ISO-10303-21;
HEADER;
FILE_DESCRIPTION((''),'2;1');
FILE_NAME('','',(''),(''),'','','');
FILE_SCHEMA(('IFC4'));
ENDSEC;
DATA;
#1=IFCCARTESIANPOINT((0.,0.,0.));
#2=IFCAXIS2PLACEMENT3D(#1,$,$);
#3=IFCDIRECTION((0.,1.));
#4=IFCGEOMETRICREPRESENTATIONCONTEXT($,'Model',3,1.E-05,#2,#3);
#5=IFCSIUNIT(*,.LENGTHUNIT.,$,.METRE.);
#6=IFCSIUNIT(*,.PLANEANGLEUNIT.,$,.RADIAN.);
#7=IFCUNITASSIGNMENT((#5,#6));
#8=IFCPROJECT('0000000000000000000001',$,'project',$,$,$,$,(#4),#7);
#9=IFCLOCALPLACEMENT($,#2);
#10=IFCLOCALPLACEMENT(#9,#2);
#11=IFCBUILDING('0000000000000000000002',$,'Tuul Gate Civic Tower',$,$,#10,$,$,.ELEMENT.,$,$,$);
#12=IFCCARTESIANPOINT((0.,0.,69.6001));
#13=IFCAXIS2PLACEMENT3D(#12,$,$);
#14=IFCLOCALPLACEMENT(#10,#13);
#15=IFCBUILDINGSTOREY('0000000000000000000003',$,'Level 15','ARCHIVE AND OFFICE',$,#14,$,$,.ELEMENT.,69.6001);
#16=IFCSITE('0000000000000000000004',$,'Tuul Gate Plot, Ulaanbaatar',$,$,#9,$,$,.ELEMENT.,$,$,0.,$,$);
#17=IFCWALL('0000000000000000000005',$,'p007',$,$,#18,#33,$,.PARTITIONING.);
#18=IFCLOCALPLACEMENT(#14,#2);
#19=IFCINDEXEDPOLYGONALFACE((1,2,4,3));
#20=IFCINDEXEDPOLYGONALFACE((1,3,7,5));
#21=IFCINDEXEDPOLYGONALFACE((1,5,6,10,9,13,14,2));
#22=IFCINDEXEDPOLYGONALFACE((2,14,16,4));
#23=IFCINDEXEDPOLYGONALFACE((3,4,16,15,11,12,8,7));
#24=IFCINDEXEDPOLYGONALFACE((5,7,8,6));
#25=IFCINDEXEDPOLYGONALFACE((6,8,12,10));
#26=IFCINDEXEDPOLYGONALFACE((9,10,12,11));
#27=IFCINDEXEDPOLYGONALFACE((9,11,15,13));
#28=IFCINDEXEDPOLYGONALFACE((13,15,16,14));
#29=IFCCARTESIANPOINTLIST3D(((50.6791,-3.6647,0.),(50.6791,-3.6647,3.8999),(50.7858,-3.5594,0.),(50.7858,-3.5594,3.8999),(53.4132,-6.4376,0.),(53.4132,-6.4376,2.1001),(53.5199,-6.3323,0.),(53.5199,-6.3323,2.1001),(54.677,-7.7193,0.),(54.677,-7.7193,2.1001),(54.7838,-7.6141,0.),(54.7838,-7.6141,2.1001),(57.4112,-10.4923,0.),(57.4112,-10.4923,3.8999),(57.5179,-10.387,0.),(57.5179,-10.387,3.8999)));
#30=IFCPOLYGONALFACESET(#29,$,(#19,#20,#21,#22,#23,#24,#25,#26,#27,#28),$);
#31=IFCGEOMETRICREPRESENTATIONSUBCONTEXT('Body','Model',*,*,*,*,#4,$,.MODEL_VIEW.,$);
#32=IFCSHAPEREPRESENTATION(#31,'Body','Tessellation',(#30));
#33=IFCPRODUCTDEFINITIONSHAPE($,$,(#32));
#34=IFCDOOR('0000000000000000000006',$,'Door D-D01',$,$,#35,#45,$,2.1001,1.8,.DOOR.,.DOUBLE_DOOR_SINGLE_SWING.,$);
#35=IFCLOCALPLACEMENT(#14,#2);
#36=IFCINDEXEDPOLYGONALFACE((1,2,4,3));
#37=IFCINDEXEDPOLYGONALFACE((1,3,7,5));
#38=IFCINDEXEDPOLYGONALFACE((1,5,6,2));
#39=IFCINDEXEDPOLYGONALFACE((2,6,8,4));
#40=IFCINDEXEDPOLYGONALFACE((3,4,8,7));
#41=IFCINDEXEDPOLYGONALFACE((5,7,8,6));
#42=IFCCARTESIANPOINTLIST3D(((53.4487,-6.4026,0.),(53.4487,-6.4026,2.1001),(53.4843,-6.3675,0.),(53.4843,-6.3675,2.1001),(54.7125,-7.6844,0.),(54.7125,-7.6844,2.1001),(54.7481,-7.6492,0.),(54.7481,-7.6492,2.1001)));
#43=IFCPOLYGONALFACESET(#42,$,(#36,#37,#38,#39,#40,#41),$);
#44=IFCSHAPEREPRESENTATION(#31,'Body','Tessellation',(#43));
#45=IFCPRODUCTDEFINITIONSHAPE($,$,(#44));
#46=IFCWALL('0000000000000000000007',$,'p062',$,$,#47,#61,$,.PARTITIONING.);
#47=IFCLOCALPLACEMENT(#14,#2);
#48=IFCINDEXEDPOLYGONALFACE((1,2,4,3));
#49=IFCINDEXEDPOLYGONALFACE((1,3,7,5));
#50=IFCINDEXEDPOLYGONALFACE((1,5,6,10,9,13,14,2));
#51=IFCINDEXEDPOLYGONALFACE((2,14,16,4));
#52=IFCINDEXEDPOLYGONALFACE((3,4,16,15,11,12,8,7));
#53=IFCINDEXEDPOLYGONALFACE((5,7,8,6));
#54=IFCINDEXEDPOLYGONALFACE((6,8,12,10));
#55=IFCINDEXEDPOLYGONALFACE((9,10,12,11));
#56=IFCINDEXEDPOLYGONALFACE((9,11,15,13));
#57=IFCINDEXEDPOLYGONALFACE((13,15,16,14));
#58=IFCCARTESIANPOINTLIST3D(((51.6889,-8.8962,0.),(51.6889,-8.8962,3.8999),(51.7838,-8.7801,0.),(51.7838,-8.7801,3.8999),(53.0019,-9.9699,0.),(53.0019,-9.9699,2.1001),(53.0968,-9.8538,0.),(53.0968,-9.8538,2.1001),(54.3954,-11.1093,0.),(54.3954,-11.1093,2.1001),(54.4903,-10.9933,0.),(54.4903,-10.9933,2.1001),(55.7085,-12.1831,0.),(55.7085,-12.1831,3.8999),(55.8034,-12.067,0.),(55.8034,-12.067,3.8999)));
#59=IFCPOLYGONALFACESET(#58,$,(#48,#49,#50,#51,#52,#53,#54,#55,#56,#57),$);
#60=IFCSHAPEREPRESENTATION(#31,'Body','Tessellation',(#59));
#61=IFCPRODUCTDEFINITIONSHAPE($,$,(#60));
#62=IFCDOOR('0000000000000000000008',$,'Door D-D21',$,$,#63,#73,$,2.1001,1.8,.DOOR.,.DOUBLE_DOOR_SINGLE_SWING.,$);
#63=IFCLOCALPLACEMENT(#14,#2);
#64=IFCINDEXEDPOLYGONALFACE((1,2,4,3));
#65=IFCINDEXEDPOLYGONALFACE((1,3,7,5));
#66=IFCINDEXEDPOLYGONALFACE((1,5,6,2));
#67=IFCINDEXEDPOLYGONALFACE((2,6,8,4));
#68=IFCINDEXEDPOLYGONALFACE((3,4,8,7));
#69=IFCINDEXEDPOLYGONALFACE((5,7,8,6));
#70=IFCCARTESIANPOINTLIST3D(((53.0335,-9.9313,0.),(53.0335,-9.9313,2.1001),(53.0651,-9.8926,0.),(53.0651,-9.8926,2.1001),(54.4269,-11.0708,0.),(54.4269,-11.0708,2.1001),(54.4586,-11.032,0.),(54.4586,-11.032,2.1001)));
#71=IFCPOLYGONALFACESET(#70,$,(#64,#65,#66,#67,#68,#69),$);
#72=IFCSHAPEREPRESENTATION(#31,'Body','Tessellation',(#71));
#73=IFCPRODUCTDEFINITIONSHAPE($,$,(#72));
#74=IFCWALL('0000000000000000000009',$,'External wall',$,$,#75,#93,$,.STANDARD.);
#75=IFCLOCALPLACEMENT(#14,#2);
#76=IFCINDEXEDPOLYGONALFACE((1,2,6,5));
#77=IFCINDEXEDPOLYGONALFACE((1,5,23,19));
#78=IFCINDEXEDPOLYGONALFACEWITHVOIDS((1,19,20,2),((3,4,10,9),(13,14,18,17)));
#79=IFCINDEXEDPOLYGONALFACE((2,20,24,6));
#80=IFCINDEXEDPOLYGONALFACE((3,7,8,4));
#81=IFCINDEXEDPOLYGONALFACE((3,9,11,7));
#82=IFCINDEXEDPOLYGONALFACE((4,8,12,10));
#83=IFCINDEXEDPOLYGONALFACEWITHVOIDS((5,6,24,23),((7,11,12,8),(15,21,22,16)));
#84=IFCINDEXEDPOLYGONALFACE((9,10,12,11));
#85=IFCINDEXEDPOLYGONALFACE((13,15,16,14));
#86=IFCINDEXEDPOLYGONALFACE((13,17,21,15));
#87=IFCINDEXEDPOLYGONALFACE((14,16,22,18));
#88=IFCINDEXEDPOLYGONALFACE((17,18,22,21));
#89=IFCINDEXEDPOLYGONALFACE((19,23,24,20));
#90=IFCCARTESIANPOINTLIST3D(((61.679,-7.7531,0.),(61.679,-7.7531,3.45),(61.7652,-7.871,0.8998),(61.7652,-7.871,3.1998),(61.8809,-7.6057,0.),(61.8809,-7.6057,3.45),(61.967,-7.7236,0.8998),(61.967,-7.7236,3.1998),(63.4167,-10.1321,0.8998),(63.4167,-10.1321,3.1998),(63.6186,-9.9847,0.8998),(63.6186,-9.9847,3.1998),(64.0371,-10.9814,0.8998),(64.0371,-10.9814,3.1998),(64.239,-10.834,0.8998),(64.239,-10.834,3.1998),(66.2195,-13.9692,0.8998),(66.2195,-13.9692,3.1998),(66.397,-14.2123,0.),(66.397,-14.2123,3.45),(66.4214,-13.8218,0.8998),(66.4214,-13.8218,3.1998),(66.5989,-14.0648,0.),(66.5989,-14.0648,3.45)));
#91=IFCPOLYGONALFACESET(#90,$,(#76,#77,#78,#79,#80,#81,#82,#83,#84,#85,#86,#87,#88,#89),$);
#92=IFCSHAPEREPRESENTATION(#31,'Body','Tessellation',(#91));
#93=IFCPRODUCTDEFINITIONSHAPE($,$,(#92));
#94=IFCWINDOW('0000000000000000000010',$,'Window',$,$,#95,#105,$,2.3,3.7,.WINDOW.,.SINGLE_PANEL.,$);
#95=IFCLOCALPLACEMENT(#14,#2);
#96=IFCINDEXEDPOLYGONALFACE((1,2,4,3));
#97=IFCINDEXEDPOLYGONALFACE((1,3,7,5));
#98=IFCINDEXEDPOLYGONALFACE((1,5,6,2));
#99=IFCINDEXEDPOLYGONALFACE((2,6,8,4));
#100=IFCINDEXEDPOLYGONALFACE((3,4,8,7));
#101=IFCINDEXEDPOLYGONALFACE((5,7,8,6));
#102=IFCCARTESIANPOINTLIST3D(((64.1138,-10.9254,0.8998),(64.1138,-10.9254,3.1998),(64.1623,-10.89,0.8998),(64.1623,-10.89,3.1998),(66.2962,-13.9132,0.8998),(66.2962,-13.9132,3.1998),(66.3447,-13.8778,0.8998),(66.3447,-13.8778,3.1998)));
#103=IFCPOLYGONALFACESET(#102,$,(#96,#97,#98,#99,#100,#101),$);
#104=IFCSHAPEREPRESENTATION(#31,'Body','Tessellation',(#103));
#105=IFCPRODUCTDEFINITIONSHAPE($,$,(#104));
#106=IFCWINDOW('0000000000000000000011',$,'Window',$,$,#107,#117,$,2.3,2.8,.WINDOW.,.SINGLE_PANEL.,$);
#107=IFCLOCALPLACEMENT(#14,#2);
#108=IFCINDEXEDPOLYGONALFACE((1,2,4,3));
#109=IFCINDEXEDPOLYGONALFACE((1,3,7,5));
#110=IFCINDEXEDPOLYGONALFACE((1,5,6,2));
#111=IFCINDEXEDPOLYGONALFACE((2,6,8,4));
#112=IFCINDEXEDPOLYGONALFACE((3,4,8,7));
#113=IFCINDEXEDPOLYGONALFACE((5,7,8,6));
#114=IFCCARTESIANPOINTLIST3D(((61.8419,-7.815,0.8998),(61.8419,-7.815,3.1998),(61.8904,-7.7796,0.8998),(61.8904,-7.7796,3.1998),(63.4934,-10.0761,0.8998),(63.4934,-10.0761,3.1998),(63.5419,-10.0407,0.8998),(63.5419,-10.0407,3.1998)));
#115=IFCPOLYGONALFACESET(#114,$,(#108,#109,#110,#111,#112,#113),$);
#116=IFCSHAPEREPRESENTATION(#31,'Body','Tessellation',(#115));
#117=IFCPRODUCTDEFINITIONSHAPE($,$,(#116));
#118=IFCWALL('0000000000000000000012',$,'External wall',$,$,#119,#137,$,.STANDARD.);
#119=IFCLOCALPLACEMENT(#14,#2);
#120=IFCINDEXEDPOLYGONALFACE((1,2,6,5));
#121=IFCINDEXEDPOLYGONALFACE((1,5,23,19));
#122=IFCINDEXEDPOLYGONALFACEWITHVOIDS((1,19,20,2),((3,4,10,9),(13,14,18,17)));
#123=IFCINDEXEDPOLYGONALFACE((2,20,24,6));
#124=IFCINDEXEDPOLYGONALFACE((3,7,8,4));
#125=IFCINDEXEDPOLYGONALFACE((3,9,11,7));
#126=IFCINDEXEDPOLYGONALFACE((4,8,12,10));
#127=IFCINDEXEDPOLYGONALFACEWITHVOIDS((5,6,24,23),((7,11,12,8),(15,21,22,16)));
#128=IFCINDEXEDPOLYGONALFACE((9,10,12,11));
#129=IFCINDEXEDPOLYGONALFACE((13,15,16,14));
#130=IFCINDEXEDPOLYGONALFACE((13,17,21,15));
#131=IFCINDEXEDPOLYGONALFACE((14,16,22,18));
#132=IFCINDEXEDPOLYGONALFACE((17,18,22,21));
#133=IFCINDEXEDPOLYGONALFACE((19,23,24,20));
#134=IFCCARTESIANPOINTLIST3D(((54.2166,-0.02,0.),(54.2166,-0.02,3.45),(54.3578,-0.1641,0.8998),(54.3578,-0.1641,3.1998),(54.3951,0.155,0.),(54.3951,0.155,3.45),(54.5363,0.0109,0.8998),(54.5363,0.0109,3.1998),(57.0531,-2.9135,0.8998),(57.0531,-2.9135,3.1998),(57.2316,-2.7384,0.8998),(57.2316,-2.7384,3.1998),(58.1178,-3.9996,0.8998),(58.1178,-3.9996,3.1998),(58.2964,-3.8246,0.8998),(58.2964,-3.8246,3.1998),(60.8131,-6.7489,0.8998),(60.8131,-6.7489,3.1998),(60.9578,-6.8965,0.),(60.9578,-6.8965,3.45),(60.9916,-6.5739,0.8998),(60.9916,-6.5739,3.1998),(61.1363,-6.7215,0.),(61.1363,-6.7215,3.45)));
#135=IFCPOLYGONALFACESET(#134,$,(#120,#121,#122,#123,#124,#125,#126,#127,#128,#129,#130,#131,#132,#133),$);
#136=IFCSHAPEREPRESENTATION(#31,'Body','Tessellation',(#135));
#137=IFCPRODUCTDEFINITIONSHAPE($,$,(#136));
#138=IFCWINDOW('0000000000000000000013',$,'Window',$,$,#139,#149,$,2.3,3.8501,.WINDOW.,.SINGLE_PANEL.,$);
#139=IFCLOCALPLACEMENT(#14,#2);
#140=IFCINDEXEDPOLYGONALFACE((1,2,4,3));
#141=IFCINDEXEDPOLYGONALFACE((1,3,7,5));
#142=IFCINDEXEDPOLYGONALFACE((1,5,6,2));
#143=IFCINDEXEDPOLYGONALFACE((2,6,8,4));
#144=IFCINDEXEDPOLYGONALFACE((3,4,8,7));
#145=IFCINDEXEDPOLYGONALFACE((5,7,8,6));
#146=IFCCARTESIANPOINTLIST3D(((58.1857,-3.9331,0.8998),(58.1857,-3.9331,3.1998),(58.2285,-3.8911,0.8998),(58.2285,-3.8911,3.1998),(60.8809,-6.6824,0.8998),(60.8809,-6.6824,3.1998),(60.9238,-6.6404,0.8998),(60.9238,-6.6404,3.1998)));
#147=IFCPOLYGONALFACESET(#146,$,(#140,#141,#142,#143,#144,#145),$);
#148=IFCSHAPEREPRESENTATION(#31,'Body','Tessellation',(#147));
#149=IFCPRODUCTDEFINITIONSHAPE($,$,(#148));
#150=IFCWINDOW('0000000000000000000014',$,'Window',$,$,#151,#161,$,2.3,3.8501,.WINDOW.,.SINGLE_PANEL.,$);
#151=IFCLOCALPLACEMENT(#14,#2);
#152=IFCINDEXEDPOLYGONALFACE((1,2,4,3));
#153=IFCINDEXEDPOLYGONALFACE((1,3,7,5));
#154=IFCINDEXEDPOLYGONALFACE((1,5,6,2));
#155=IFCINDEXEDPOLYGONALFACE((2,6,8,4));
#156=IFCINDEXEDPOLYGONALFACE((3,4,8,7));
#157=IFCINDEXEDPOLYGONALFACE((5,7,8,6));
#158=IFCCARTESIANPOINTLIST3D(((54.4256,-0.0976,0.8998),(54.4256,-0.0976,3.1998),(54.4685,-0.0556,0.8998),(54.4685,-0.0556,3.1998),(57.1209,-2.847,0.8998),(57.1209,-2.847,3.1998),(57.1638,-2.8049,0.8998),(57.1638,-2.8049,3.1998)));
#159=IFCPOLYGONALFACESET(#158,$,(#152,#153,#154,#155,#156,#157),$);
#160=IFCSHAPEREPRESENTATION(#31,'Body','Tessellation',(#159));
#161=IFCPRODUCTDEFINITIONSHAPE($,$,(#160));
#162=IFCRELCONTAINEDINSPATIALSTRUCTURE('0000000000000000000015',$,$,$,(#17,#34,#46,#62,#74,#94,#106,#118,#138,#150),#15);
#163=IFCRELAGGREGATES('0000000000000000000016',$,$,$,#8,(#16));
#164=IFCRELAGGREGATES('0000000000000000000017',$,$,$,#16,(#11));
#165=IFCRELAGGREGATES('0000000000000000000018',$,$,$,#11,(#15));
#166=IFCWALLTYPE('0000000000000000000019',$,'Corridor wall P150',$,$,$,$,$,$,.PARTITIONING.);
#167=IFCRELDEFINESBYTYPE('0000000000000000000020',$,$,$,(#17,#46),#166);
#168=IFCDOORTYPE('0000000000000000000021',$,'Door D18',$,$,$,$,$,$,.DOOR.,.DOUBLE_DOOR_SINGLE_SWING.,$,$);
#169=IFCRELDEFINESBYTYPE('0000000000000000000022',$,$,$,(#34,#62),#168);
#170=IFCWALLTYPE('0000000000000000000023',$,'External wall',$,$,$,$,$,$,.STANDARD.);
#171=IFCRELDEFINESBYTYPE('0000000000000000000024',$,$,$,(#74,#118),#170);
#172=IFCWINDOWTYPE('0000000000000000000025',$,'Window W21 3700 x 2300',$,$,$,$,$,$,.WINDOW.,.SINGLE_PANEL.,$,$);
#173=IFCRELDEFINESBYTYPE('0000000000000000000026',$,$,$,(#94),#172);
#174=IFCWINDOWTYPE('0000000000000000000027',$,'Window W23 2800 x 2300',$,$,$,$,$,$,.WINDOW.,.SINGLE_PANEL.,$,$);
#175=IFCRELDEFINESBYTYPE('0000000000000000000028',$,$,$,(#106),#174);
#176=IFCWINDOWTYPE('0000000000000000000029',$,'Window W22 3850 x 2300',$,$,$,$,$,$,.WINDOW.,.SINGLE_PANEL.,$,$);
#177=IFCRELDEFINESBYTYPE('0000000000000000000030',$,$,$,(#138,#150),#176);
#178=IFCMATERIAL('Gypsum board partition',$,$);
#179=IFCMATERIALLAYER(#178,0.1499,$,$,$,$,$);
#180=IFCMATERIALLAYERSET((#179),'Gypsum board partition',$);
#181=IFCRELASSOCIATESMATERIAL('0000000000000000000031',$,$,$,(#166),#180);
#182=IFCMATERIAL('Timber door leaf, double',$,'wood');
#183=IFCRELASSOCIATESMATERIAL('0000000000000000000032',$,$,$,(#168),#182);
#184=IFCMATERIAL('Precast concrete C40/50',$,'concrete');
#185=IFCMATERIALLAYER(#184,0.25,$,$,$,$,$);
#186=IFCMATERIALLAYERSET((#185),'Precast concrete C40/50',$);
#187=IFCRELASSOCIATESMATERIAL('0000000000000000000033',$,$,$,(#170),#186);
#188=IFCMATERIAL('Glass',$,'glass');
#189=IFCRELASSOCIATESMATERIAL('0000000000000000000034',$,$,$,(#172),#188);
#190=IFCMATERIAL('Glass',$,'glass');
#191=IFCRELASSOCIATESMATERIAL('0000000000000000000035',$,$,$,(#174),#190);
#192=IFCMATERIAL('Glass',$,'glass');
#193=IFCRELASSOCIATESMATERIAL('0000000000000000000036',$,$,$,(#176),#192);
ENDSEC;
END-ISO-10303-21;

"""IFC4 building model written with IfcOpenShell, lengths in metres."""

from ifc_helpers import new_model, si_unit, direction, frame, frame_2d, origin, place, context, subcontext, project, spatial, rectangle, extrude, material, layer, layer_set, type_object, element, fill, save


model = new_model("IFC4")

# Units and contexts
model_context = context("Model", 3, precision=1e-05, world=origin(), true_north=direction((0.0, 1.0)))
body_context = subcontext(model_context, "Body", "Model", "MODEL_VIEW")
ifc_project = project(units=[si_unit("LENGTHUNIT", "METRE"), si_unit("PLANEANGLEUNIT", "RADIAN")], contexts=[model_context])

# Site, building, storey
site_placement = place(None, origin())
site = spatial("IfcSite", under=ifc_project, at=site_placement, Name="Tuul Gate Plot, Ulaanbaatar", CompositionType="ELEMENT", RefElevation=0.0)
building_placement = place(site_placement, origin())
building = spatial("IfcBuilding", under=site, at=building_placement, Name="Tuul Gate Civic Tower", CompositionType="ELEMENT")
storey_placement = place(building_placement, frame((0.0, 0.0, 69.6001)))
storey = spatial("IfcBuildingStorey", under=building, at=storey_placement, Name="Level 15", Description="ARCHIVE AND OFFICE", CompositionType="ELEMENT", Elevation=69.6001)

# Shared definitions
ifc_material_1 = material(Name="Gypsum board partition")
ifc_layer_1 = layer(ifc_material_1, 0.1499)
ifc_layer_set_1 = layer_set([ifc_layer_1], Name="Gypsum board partition")
wall_type_1 = type_object("IfcWallType", Name="Corridor wall P150", PredefinedType="PARTITIONING", material=ifc_layer_set_1)

# Walls, openings, doors
wall_1_placement = place(storey_placement, frame((50.7324, -3.6121, 0.0), z_axis=(0.0, 0.0, 1.0), x_axis=(0.702111, -0.712067, 0.0)))
wall_1 = element("IfcWall", 1, at=wall_1_placement, inside=storey, type_object=wall_type_1, Name="p007", PredefinedType="PARTITIONING", context=body_context, shape_type="SweptSolid", body=[
    extrude(rectangle(XDim=9.5884, YDim=0.1499, at=frame_2d((4.7942, 0.0))), origin(), (0.0, 0.0, 1.0), 3.8999),
])
opening_1_placement = place(wall_1_placement, frame((3.8943, 0.0, 0.0)))
opening_1 = element("IfcOpeningElement", 2, at=opening_1_placement, cuts=wall_1, PredefinedType="OPENING", context=body_context, shape_type="SweptSolid", body=[
    extrude(rectangle(XDim=1.8, YDim=2.1001, at=frame_2d((0.8999, 1.05))), frame((0.0, 0.085, 0.0), z_axis=(0.0, -1.0, 0.0), x_axis=(1.0, 0.0, 0.0)), (0.0, 0.0, 1.0), 0.1699),
])
ifc_material_2 = material(Name="Timber door leaf, double", Category="wood")
door_type_1 = type_object("IfcDoorType", Name="Door D18", OperationType="DOUBLE_DOOR_SINGLE_SWING", PredefinedType="DOOR", material=ifc_material_2)
door_1_placement = place(opening_1_placement, origin())
door_1 = element("IfcDoor", 3, at=door_1_placement, inside=storey, type_object=door_type_1, Name="Door D-D01", OperationType="DOUBLE_DOOR_SINGLE_SWING", OverallHeight=2.1001, OverallWidth=1.8, PredefinedType="DOOR", context=body_context, shape_type="SweptSolid", body=[
    extrude(rectangle(XDim=1.8, YDim=2.1001, at=frame_2d((0.8999, 1.05))), frame((0.0, 0.0249, 0.0), z_axis=(0.0, -1.0, 0.0), x_axis=(1.0, 0.0, 0.0)), (0.0, 0.0, 1.0), 0.05),
])
fill(opening_1, door_1)
wall_2_placement = place(storey_placement, frame((51.7363, -8.8381, 0.0), z_axis=(0.0, 0.0, 1.0), x_axis=(0.774131, -0.633025, 0.0)))
wall_2 = element("IfcWall", 4, at=wall_2_placement, inside=storey, type_object=wall_type_1, Name="p062", PredefinedType="PARTITIONING", context=body_context, shape_type="SweptSolid", body=[
    extrude(rectangle(XDim=5.1924, YDim=0.1499, at=frame_2d((2.5962, 0.0))), origin(), (0.0, 0.0, 1.0), 3.8999),
])
opening_2_placement = place(wall_2_placement, frame((1.6963, 0.0, 0.0)))
opening_2 = element("IfcOpeningElement", 5, at=opening_2_placement, cuts=wall_2, PredefinedType="OPENING", context=body_context, shape_type="SweptSolid", body=[
    extrude(rectangle(XDim=1.8, YDim=2.1001, at=frame_2d((0.8999, 1.05))), frame((0.0, 0.085, 0.0), z_axis=(0.0, -1.0, 0.0), x_axis=(1.0, 0.0, 0.0)), (0.0, 0.0, 1.0), 0.1699),
])
door_2_placement = place(opening_2_placement, origin())
door_2 = element("IfcDoor", 6, at=door_2_placement, inside=storey, type_object=door_type_1, Name="Door D-D21", OperationType="DOUBLE_DOOR_SINGLE_SWING", OverallHeight=2.1001, OverallWidth=1.8, PredefinedType="DOOR", context=body_context, shape_type="SweptSolid", body=[
    extrude(rectangle(XDim=1.8, YDim=2.1001, at=frame_2d((0.8999, 1.05))), frame((0.0, 0.0249, 0.0), z_axis=(0.0, -1.0, 0.0), x_axis=(1.0, 0.0, 0.0)), (0.0, 0.0, 1.0), 0.05),
])
fill(opening_2, door_2)

# Walls, openings, windows
ifc_material_3 = material(Name="Precast concrete C40/50", Category="concrete")
ifc_layer_2 = layer(ifc_material_3, 0.25)
ifc_layer_set_2 = layer_set([ifc_layer_2], Name="Precast concrete C40/50")
wall_type_2 = type_object("IfcWallType", Name="External wall", PredefinedType="STANDARD", material=ifc_layer_set_2)
wall_3_placement = place(storey_placement, frame((66.498, -14.1387, 0.0), z_axis=(0.0, 0.0, 1.0), x_axis=(-0.589838, 0.807521, 0.0)))
wall_3 = element("IfcWall", 7, at=wall_3_placement, inside=storey, type_object=wall_type_2, Name="External wall", PredefinedType="STANDARD", context=body_context, shape_type="SweptSolid", body=[
    extrude(rectangle(XDim=7.9988, YDim=0.25, at=frame_2d((3.9995, 0.0))), origin(), (0.0, 0.0, 1.0), 3.45),
])
opening_3_placement = place(wall_3_placement, frame((0.301, 0.0, 0.8999)))
opening_3 = element("IfcOpeningElement", 8, at=opening_3_placement, cuts=wall_3, PredefinedType="OPENING", context=body_context, shape_type="SweptSolid", body=[
    extrude(rectangle(XDim=3.7, YDim=2.3, at=frame_2d((1.8501, 1.1499))), frame((0.0, 0.135, 0.0), z_axis=(0.0, -1.0, 0.0), x_axis=(1.0, 0.0, 0.0)), (0.0, 0.0, 1.0), 0.27),
])
opening_4_placement = place(wall_3_placement, frame((5.053, 0.0, 0.8999)))
opening_4 = element("IfcOpeningElement", 9, at=opening_4_placement, cuts=wall_3, PredefinedType="OPENING", context=body_context, shape_type="SweptSolid", body=[
    extrude(rectangle(XDim=2.8, YDim=2.3, at=frame_2d((1.3999, 1.1499))), frame((0.0, 0.135, 0.0), z_axis=(0.0, -1.0, 0.0), x_axis=(1.0, 0.0, 0.0)), (0.0, 0.0, 1.0), 0.27),
])
ifc_material_4 = material(Name="Glass", Category="glass")
window_type_1 = type_object("IfcWindowType", Name="Window W21 3700 x 2300", PartitioningType="SINGLE_PANEL", PredefinedType="WINDOW", material=ifc_material_4)
window_1_placement = place(opening_3_placement, origin())
window_1 = element("IfcWindow", 10, at=window_1_placement, inside=storey, type_object=window_type_1, Name="Window", OverallHeight=2.3, OverallWidth=3.7, PartitioningType="SINGLE_PANEL", PredefinedType="WINDOW", context=body_context, shape_type="SweptSolid", body=[
    extrude(rectangle(XDim=3.7, YDim=2.3, at=frame_2d((1.8501, 1.1499))), frame((0.0, 0.03, 0.0), z_axis=(0.0, -1.0, 0.0), x_axis=(1.0, 0.0, 0.0)), (0.0, 0.0, 1.0), 0.0601),
])
fill(opening_3, window_1)
ifc_material_5 = material(Name="Glass", Category="glass")
window_type_2 = type_object("IfcWindowType", Name="Window W23 2800 x 2300", PartitioningType="SINGLE_PANEL", PredefinedType="WINDOW", material=ifc_material_5)
window_2_placement = place(opening_4_placement, origin())
window_2 = element("IfcWindow", 11, at=window_2_placement, inside=storey, type_object=window_type_2, Name="Window", OverallHeight=2.3, OverallWidth=2.8, PartitioningType="SINGLE_PANEL", PredefinedType="WINDOW", context=body_context, shape_type="SweptSolid", body=[
    extrude(rectangle(XDim=2.8, YDim=2.3, at=frame_2d((1.3999, 1.1499))), frame((0.0, 0.03, 0.0), z_axis=(0.0, -1.0, 0.0), x_axis=(1.0, 0.0, 0.0)), (0.0, 0.0, 1.0), 0.0601),
])
fill(opening_4, window_2)
wall_4_placement = place(storey_placement, frame((61.0471, -6.8091, 0.0), z_axis=(0.0, 0.0, 1.0), x_axis=(-0.700049, 0.714095, 0.0)))
wall_4 = element("IfcWall", 12, at=wall_4_placement, inside=storey, type_object=wall_type_2, Name="External wall", PredefinedType="STANDARD", context=body_context, shape_type="SweptSolid", body=[
    extrude(rectangle(XDim=9.6296, YDim=0.25, at=frame_2d((4.8149, 0.0))), origin(), (0.0, 0.0, 1.0), 3.45),
])
opening_5_placement = place(wall_4_placement, frame((0.2068, 0.0, 0.8999)))
opening_5 = element("IfcOpeningElement", 13, at=opening_5_placement, cuts=wall_4, PredefinedType="OPENING", context=body_context, shape_type="SweptSolid", body=[
    extrude(rectangle(XDim=3.8501, YDim=2.3, at=frame_2d((1.925, 1.1499))), frame((0.0, 0.135, 0.0), z_axis=(0.0, -1.0, 0.0), x_axis=(1.0, 0.0, 0.0)), (0.0, 0.0, 1.0), 0.27),
])
opening_6_placement = place(wall_4_placement, frame((5.5779, 0.0, 0.8999)))
opening_6 = element("IfcOpeningElement", 14, at=opening_6_placement, cuts=wall_4, PredefinedType="OPENING", context=body_context, shape_type="SweptSolid", body=[
    extrude(rectangle(XDim=3.8501, YDim=2.3, at=frame_2d((1.925, 1.1499))), frame((0.0, 0.135, 0.0), z_axis=(0.0, -1.0, 0.0), x_axis=(1.0, 0.0, 0.0)), (0.0, 0.0, 1.0), 0.27),
])
ifc_material_6 = material(Name="Glass", Category="glass")
window_type_3 = type_object("IfcWindowType", Name="Window W22 3850 x 2300", PartitioningType="SINGLE_PANEL", PredefinedType="WINDOW", material=ifc_material_6)
window_3_placement = place(opening_5_placement, origin())
window_3 = element("IfcWindow", 15, at=window_3_placement, inside=storey, type_object=window_type_3, Name="Window", OverallHeight=2.3, OverallWidth=3.8501, PartitioningType="SINGLE_PANEL", PredefinedType="WINDOW", context=body_context, shape_type="SweptSolid", body=[
    extrude(rectangle(XDim=3.8501, YDim=2.3, at=frame_2d((1.925, 1.1499))), frame((0.0, 0.03, 0.0), z_axis=(0.0, -1.0, 0.0), x_axis=(1.0, 0.0, 0.0)), (0.0, 0.0, 1.0), 0.0601),
])
fill(opening_5, window_3)
window_4_placement = place(opening_6_placement, origin())
window_4 = element("IfcWindow", 16, at=window_4_placement, inside=storey, type_object=window_type_3, Name="Window", OverallHeight=2.3, OverallWidth=3.8501, PartitioningType="SINGLE_PANEL", PredefinedType="WINDOW", context=body_context, shape_type="SweptSolid", body=[
    extrude(rectangle(XDim=3.8501, YDim=2.3, at=frame_2d((1.925, 1.1499))), frame((0.0, 0.03, 0.0), z_axis=(0.0, -1.0, 0.0), x_axis=(1.0, 0.0, 0.0)), (0.0, 0.0, 1.0), 0.0601),
])
fill(opening_6, window_4)

save(model, "model.ifc")
